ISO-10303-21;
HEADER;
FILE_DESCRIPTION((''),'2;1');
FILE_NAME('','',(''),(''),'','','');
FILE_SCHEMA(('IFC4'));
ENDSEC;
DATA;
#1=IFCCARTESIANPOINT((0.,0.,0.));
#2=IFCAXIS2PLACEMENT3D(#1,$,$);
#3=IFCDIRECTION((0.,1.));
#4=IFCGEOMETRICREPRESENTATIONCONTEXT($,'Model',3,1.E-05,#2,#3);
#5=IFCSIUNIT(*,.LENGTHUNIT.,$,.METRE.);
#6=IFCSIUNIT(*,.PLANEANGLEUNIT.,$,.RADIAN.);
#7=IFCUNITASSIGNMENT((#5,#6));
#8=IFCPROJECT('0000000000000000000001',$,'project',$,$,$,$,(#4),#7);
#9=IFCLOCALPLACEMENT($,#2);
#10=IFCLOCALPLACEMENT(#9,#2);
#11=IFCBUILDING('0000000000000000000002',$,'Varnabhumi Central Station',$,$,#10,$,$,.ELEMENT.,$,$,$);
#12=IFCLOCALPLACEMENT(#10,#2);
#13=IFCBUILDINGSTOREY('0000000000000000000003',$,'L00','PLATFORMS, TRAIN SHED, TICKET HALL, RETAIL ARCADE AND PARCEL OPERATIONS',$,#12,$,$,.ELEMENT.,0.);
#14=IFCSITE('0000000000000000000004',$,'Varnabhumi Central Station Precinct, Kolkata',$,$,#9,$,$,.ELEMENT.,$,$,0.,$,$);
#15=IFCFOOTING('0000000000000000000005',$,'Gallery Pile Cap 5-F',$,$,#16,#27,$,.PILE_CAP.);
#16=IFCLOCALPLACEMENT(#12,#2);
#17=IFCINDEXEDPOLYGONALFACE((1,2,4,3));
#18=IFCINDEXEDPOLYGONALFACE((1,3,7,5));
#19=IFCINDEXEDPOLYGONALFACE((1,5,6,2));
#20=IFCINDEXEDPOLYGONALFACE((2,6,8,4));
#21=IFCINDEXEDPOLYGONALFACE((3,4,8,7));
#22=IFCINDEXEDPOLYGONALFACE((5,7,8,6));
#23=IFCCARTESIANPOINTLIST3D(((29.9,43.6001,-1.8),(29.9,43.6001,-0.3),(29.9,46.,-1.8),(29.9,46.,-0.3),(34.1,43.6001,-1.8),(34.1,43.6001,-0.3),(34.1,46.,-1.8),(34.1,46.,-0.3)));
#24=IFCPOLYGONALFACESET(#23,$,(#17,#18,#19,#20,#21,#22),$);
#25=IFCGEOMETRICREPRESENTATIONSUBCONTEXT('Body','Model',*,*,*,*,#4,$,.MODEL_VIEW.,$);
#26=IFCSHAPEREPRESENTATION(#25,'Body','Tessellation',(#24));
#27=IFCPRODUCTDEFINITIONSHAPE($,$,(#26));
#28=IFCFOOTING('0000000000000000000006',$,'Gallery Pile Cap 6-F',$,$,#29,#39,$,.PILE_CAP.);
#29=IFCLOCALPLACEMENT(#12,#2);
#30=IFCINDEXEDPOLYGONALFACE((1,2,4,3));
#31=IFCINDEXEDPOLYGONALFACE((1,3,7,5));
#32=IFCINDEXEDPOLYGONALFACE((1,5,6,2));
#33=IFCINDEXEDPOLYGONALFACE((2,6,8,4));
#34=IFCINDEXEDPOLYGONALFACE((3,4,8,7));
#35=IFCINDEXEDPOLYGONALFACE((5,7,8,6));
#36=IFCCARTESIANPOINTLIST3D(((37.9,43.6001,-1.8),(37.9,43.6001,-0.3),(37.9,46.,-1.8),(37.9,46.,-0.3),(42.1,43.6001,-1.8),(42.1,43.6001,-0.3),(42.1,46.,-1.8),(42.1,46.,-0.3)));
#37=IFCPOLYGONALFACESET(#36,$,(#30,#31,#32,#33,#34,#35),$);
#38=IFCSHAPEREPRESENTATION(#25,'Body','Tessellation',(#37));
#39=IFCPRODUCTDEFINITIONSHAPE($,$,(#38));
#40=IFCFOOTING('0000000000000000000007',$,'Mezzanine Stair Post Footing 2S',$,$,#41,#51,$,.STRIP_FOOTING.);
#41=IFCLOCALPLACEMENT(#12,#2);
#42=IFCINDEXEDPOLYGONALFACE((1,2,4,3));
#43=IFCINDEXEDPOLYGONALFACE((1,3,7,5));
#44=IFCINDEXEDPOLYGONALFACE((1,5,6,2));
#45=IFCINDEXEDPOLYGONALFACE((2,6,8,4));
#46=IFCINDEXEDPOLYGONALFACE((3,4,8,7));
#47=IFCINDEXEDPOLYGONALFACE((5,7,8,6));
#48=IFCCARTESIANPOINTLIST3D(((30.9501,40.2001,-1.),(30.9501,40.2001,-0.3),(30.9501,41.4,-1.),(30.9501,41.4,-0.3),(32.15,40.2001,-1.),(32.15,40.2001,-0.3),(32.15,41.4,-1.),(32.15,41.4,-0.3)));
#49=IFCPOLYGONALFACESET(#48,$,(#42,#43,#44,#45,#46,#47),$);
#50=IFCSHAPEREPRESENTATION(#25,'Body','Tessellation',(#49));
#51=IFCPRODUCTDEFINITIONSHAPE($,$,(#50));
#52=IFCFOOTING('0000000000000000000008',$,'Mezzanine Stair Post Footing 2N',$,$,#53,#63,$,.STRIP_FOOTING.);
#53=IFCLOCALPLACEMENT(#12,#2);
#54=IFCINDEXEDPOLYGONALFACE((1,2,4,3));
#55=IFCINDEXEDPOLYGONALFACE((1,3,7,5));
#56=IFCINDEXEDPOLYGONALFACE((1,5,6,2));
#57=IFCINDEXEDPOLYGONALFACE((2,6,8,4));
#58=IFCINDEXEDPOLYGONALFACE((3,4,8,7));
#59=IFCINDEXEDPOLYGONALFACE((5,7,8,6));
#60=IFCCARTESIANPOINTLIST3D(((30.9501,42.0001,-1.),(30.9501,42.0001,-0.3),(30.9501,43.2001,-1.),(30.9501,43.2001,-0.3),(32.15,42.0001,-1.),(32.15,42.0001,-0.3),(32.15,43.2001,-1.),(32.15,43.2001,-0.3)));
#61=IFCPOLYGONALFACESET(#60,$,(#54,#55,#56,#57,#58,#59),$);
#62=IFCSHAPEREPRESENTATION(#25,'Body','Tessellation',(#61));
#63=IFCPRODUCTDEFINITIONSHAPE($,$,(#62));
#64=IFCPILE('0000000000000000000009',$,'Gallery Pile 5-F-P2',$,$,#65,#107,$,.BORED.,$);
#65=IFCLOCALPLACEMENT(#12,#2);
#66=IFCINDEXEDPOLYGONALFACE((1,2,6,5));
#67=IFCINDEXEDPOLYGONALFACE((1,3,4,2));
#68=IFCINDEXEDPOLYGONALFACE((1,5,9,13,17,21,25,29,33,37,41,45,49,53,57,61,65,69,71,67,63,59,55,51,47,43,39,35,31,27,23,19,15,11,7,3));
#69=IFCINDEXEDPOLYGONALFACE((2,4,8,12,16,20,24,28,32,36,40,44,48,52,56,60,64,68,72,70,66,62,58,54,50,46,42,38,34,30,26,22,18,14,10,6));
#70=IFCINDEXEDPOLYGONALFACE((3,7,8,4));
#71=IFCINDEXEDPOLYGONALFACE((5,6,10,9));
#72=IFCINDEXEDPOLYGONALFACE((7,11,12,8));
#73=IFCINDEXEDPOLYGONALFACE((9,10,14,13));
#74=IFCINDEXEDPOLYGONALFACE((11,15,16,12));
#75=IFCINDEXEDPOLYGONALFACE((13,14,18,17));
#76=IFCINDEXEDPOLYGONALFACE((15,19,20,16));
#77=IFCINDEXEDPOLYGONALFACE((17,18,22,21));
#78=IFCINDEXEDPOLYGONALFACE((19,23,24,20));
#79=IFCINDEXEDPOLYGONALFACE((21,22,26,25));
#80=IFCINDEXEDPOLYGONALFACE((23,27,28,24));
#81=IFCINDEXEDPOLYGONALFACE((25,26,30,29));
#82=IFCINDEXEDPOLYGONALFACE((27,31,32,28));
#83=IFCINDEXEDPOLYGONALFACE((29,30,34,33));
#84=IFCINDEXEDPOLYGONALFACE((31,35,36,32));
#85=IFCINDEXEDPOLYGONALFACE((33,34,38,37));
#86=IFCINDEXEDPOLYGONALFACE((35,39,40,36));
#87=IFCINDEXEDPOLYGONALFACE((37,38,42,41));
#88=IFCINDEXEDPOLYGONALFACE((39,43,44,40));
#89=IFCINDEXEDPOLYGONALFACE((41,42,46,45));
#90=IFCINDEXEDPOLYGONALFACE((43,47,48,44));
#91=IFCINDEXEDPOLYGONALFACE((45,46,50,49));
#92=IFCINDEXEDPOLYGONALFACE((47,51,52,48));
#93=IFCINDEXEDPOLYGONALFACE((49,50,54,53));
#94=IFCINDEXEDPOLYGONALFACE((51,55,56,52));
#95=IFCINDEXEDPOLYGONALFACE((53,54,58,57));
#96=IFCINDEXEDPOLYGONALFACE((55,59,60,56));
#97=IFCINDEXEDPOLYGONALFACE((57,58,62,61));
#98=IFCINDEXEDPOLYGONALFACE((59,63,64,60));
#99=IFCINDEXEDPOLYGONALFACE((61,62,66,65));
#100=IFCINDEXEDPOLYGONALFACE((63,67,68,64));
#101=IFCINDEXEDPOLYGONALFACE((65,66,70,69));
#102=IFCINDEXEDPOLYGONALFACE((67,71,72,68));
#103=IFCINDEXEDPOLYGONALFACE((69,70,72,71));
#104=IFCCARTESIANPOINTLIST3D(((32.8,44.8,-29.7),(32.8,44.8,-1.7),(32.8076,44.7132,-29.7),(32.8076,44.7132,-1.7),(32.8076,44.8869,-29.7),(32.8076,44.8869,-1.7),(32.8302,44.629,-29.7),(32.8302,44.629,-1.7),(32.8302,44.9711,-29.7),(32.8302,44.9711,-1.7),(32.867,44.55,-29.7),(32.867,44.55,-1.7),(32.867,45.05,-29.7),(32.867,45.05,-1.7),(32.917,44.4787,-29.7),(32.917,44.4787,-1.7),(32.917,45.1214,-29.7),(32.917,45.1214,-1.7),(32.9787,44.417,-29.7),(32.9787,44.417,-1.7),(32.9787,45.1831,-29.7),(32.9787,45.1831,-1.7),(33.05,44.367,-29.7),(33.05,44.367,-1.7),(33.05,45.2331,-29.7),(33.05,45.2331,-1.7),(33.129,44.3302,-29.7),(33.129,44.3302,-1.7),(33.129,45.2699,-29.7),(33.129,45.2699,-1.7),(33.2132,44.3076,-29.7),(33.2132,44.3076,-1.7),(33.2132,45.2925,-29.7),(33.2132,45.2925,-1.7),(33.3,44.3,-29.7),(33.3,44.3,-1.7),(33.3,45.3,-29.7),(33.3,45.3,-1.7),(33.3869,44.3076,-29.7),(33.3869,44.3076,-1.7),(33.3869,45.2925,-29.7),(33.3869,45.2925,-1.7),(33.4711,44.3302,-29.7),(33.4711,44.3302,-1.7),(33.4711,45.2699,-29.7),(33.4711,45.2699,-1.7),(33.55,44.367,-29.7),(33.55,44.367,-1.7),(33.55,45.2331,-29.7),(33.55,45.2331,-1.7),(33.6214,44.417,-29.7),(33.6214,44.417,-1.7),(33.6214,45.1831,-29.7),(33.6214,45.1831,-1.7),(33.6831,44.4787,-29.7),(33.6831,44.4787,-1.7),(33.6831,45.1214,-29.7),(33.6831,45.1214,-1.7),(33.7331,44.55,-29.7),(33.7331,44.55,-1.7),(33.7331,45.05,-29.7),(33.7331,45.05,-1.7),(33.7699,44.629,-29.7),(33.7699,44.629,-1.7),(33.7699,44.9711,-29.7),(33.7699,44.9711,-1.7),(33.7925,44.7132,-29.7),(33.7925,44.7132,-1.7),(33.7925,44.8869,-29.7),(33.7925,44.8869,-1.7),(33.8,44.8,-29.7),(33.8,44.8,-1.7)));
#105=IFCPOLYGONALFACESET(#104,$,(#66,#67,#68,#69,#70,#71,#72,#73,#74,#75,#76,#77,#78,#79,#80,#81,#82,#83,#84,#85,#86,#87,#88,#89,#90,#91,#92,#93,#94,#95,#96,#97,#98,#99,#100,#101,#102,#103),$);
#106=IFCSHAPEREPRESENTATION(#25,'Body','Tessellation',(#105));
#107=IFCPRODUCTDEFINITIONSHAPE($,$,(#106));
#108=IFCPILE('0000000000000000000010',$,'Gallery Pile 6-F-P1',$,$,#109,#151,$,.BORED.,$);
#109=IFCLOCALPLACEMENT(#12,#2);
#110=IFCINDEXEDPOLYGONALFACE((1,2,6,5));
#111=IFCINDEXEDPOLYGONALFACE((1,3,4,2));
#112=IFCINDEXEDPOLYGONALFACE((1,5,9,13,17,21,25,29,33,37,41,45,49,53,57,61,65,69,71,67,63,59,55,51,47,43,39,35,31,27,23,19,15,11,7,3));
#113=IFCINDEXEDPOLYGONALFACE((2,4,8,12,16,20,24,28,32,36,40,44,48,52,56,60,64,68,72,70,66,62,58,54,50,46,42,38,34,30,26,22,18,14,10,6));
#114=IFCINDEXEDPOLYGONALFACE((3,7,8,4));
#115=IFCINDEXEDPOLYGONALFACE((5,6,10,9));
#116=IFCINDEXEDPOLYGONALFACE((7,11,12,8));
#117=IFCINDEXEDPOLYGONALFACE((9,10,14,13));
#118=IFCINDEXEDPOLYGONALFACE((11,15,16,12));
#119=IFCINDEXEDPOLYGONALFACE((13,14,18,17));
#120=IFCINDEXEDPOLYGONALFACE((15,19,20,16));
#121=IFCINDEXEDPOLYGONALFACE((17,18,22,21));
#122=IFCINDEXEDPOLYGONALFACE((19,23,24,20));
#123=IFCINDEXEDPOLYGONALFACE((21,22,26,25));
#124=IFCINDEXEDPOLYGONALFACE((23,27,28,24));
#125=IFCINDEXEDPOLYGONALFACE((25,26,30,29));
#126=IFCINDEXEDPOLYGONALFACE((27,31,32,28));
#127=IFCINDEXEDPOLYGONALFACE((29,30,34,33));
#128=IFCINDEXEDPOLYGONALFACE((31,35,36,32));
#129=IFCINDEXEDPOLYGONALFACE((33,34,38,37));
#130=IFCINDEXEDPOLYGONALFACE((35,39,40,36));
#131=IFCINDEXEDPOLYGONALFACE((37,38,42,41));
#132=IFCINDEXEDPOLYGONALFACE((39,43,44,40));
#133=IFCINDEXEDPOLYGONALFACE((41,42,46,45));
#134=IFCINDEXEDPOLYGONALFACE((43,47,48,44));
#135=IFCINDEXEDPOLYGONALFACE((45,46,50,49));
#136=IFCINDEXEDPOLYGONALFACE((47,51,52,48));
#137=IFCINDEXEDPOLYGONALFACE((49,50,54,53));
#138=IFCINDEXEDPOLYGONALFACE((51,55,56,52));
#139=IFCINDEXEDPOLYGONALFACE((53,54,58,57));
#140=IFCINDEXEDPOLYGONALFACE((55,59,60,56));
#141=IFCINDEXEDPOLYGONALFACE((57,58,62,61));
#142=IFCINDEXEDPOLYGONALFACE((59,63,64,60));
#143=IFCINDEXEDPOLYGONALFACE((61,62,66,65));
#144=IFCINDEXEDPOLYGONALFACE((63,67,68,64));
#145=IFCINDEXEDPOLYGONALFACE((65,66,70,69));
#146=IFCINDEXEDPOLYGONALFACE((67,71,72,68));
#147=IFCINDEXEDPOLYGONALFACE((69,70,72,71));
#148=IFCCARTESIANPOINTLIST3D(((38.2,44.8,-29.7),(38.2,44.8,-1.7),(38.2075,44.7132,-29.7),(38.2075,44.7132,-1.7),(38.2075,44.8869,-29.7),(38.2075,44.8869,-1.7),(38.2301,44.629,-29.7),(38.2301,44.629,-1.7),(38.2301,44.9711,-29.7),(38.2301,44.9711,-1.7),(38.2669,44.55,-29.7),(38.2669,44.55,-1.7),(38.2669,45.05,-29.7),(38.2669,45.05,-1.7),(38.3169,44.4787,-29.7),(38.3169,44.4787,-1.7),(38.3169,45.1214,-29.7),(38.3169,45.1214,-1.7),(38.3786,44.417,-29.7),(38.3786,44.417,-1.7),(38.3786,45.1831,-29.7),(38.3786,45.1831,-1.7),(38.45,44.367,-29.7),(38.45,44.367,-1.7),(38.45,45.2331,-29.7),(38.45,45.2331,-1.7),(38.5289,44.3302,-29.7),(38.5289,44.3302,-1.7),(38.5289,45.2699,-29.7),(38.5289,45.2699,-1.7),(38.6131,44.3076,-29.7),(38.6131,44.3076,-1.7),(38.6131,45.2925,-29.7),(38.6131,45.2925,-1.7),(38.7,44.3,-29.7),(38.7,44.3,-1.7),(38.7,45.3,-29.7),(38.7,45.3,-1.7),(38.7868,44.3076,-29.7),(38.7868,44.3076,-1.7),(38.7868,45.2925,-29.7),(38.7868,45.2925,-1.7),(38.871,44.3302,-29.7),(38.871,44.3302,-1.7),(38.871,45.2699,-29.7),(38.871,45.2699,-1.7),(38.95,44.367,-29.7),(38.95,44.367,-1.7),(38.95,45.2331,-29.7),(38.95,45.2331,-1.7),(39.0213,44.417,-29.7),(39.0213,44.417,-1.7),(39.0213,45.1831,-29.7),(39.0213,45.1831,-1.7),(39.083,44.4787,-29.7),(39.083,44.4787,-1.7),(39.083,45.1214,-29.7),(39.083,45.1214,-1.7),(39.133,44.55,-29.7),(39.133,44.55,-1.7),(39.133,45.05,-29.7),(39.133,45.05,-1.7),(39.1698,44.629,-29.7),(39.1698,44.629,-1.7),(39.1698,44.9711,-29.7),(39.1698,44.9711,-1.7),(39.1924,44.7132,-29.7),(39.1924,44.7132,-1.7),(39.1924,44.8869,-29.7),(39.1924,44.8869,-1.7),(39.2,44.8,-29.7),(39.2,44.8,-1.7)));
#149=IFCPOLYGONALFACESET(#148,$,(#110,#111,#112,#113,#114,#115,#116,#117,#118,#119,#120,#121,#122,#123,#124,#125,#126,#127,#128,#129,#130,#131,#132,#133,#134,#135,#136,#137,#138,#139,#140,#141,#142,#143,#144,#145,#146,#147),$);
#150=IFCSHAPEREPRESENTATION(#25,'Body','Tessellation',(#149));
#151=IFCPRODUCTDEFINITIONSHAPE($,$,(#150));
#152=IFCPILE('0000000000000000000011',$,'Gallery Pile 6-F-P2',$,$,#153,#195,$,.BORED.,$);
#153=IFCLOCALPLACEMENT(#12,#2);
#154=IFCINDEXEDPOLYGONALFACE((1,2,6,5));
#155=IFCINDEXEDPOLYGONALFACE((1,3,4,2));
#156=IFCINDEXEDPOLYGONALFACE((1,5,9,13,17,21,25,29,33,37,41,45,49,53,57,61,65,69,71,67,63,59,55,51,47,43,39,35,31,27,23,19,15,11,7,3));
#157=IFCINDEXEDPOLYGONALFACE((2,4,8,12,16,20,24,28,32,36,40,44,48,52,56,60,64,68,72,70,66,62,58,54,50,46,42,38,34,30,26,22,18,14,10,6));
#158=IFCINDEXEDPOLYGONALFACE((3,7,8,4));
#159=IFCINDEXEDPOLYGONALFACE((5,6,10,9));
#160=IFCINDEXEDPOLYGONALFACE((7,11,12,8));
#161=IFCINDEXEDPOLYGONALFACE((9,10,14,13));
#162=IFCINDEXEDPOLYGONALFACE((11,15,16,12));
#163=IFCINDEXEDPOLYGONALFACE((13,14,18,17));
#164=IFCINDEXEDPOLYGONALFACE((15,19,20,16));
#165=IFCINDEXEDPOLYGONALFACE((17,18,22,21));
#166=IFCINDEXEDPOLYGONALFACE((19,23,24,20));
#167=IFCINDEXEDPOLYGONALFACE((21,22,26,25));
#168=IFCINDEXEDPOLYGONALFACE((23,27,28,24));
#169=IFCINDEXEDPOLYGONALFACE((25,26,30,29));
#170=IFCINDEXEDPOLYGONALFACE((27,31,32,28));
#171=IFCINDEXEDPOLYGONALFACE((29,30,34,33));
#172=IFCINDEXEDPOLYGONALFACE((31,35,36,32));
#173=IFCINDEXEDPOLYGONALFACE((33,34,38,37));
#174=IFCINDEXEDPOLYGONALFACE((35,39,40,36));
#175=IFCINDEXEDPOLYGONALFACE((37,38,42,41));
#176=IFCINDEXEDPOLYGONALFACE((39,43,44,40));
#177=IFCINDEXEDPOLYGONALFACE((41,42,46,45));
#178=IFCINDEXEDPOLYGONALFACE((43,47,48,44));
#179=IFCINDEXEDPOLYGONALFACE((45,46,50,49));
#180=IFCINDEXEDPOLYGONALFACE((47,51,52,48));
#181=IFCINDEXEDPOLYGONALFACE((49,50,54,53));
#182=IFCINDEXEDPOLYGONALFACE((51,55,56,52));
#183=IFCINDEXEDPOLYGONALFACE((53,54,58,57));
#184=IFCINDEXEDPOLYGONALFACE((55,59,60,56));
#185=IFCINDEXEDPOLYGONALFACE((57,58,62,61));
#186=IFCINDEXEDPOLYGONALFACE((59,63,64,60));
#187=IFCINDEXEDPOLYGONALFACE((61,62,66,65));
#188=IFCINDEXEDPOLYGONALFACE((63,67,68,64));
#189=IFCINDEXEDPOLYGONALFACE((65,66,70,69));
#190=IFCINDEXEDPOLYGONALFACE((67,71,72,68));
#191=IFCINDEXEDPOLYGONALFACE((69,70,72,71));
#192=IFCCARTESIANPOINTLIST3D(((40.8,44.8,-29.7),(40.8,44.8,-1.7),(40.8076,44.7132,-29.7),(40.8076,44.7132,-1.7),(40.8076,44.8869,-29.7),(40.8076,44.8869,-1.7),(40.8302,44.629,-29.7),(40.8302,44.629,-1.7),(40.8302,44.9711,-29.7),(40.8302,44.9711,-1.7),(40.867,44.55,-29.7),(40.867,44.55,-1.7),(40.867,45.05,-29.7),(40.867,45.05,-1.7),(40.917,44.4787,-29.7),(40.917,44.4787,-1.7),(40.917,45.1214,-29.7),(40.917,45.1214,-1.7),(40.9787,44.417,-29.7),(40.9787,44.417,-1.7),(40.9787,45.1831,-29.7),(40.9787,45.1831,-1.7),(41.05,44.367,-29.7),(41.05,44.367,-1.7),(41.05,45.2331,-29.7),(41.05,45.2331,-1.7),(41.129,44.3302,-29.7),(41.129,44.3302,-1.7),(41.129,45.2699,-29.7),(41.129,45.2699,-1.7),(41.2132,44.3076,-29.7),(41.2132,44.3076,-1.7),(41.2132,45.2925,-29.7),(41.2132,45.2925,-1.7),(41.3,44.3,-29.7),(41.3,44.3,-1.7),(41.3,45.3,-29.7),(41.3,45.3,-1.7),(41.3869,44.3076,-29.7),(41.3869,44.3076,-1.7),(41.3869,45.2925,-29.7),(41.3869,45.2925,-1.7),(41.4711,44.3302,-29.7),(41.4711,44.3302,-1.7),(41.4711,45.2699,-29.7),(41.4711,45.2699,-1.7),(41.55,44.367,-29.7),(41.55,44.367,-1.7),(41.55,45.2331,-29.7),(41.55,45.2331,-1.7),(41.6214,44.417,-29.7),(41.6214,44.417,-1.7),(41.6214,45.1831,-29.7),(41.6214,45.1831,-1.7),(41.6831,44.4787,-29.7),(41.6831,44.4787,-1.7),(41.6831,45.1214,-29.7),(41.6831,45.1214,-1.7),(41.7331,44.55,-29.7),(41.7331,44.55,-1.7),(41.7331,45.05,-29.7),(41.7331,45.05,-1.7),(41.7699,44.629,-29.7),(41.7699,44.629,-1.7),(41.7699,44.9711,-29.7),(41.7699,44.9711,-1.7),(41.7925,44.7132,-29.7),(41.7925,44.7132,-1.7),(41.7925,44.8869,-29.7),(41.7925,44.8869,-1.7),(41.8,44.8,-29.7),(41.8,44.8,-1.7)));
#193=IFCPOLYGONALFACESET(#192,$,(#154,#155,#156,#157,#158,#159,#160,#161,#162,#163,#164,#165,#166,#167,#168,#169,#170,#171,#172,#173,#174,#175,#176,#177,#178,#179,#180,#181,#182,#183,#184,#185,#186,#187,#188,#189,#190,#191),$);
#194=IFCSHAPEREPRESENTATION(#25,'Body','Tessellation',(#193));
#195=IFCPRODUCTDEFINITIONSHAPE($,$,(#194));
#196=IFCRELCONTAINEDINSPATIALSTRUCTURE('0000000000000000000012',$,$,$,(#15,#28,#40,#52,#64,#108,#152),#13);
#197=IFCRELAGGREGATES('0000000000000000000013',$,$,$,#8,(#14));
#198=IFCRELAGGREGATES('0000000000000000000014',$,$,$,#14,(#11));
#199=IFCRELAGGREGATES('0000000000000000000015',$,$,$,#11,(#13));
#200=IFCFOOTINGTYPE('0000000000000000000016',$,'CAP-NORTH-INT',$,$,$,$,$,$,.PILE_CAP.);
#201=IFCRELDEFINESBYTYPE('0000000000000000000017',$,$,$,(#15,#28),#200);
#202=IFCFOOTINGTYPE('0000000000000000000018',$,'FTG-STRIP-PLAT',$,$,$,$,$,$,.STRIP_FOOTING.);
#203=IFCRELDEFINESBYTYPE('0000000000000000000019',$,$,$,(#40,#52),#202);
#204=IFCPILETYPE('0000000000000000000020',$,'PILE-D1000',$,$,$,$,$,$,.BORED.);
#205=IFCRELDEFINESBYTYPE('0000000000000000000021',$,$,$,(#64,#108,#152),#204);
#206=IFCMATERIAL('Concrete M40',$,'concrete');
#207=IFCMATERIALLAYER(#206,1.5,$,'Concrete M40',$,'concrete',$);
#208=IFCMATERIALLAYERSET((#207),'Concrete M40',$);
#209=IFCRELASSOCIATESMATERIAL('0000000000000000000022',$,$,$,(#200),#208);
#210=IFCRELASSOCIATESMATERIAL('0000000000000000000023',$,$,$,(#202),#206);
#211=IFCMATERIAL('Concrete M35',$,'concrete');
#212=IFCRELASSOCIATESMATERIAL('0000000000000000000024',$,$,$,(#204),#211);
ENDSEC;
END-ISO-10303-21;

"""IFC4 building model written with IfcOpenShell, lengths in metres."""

from ifc_helpers import new_model, si_unit, direction, frame, origin, origin_2d, place, context, subcontext, project, spatial, rectangle, circle, extrude, material, layer, layer_set, material_profile, profile_set, type_object, element, save


model = new_model("IFC4")

# Units and contexts
model_context = context("Model", 3, precision=1e-05, world=origin(), true_north=direction((0.0, 1.0)))
body_context = subcontext(model_context, "Body", "Model", "MODEL_VIEW")
ifc_project = project(units=[si_unit("LENGTHUNIT", "METRE"), si_unit("PLANEANGLEUNIT", "RADIAN")], contexts=[model_context])

# Site, building, storey
site_placement = place(None, origin())
site = spatial("IfcSite", under=ifc_project, at=site_placement, Name="Varnabhumi Central Station Precinct, Kolkata", CompositionType="ELEMENT", RefElevation=0.0)
building_placement = place(site_placement, origin())
building = spatial("IfcBuilding", under=site, at=building_placement, Name="Varnabhumi Central Station", CompositionType="ELEMENT")
storey_placement = place(building_placement, origin())
storey = spatial("IfcBuildingStorey", under=building, at=storey_placement, Name="L00", Description="PLATFORMS, TRAIN SHED, TICKET HALL, RETAIL ARCADE AND PARCEL OPERATIONS", CompositionType="ELEMENT", Elevation=0.0)

# Footings
ifc_material_1 = material(Name="Concrete M40", Category="concrete")
ifc_layer_1 = layer(ifc_material_1, 1.5, Name="Concrete M40", Category="concrete")
ifc_layer_set_1 = layer_set([ifc_layer_1], Name="Concrete M40")
footing_type_1 = type_object("IfcFootingType", Name="CAP-NORTH-INT", PredefinedType="PILE_CAP", material=ifc_layer_set_1)
for number, where, z_axis, x_axis, name in (
    (1, (32.0, 44.8, -1.8), (0.0, 0.0, 1.0), (1.0, 0.0, 0.0), "Gallery Pile Cap 5-F"),
    (2, (40.0, 44.8, -1.8), (0.0, 0.0, 1.0), (1.0, 0.0, 0.0), "Gallery Pile Cap 6-F"),
):
    element("IfcFooting", number, at=place(storey_placement, frame(where, z_axis=z_axis, x_axis=x_axis)), inside=storey, type_object=footing_type_1, Name=name, PredefinedType="PILE_CAP", context=body_context, shape_type="SweptSolid", body=[
        extrude(rectangle(XDim=4.2, YDim=2.3999, at=origin_2d()), origin(), (0.0, 0.0, 1.0), 1.5),
    ])
footing_type_2 = type_object("IfcFootingType", Name="FTG-STRIP-PLAT", PredefinedType="STRIP_FOOTING", material=ifc_material_1)
for number, where, z_axis, x_axis, name in (
    (3, (31.55, 40.8, -1.0), (0.0, 0.0, 1.0), (1.0, 0.0, 0.0), "Mezzanine Stair Post Footing 2S"),
    (4, (31.55, 42.6001, -1.0), (0.0, 0.0, 1.0), (1.0, 0.0, 0.0), "Mezzanine Stair Post Footing 2N"),
):
    element("IfcFooting", number, at=place(storey_placement, frame(where, z_axis=z_axis, x_axis=x_axis)), inside=storey, type_object=footing_type_2, Name=name, PredefinedType="STRIP_FOOTING", context=body_context, shape_type="SweptSolid", body=[
        extrude(rectangle(XDim=1.2, YDim=1.2, at=origin_2d()), origin(), (0.0, 0.0, 1.0), 0.7),
    ])

# Piles
ifc_material_2 = material(Name="Concrete M35", Category="concrete")
ifc_material_profile_1 = material_profile(ifc_material_2, circle(Radius=0.5, at=origin_2d()), Name="Concrete M35", Category="concrete")
ifc_profile_set_1 = profile_set([ifc_material_profile_1], Name="Concrete M35")
pile_type_1 = type_object("IfcPileType", Name="PILE-D1000", PredefinedType="BORED", material=ifc_profile_set_1)
for number, where, z_axis, x_axis, name in (
    (5, (33.3, 44.8, -1.7), (0.0, 0.0, -1.0), (1.0, 0.0, 0.0), "Gallery Pile 5-F-P2"),
    (6, (38.7, 44.8, -1.7), (0.0, 0.0, -1.0), (1.0, 0.0, 0.0), "Gallery Pile 6-F-P1"),
    (7, (41.3, 44.8, -1.7), (0.0, 0.0, -1.0), (1.0, 0.0, 0.0), "Gallery Pile 6-F-P2"),
):
    element("IfcPile", number, at=place(storey_placement, frame(where, z_axis=z_axis, x_axis=x_axis)), inside=storey, type_object=pile_type_1, Name=name, PredefinedType="BORED", context=body_context, shape_type="SweptSolid", body=[
        extrude(circle(Radius=0.5, at=origin_2d()), origin(), (0.0, 0.0, 1.0), 28.0),
    ])

save(model, "model.ifc")
